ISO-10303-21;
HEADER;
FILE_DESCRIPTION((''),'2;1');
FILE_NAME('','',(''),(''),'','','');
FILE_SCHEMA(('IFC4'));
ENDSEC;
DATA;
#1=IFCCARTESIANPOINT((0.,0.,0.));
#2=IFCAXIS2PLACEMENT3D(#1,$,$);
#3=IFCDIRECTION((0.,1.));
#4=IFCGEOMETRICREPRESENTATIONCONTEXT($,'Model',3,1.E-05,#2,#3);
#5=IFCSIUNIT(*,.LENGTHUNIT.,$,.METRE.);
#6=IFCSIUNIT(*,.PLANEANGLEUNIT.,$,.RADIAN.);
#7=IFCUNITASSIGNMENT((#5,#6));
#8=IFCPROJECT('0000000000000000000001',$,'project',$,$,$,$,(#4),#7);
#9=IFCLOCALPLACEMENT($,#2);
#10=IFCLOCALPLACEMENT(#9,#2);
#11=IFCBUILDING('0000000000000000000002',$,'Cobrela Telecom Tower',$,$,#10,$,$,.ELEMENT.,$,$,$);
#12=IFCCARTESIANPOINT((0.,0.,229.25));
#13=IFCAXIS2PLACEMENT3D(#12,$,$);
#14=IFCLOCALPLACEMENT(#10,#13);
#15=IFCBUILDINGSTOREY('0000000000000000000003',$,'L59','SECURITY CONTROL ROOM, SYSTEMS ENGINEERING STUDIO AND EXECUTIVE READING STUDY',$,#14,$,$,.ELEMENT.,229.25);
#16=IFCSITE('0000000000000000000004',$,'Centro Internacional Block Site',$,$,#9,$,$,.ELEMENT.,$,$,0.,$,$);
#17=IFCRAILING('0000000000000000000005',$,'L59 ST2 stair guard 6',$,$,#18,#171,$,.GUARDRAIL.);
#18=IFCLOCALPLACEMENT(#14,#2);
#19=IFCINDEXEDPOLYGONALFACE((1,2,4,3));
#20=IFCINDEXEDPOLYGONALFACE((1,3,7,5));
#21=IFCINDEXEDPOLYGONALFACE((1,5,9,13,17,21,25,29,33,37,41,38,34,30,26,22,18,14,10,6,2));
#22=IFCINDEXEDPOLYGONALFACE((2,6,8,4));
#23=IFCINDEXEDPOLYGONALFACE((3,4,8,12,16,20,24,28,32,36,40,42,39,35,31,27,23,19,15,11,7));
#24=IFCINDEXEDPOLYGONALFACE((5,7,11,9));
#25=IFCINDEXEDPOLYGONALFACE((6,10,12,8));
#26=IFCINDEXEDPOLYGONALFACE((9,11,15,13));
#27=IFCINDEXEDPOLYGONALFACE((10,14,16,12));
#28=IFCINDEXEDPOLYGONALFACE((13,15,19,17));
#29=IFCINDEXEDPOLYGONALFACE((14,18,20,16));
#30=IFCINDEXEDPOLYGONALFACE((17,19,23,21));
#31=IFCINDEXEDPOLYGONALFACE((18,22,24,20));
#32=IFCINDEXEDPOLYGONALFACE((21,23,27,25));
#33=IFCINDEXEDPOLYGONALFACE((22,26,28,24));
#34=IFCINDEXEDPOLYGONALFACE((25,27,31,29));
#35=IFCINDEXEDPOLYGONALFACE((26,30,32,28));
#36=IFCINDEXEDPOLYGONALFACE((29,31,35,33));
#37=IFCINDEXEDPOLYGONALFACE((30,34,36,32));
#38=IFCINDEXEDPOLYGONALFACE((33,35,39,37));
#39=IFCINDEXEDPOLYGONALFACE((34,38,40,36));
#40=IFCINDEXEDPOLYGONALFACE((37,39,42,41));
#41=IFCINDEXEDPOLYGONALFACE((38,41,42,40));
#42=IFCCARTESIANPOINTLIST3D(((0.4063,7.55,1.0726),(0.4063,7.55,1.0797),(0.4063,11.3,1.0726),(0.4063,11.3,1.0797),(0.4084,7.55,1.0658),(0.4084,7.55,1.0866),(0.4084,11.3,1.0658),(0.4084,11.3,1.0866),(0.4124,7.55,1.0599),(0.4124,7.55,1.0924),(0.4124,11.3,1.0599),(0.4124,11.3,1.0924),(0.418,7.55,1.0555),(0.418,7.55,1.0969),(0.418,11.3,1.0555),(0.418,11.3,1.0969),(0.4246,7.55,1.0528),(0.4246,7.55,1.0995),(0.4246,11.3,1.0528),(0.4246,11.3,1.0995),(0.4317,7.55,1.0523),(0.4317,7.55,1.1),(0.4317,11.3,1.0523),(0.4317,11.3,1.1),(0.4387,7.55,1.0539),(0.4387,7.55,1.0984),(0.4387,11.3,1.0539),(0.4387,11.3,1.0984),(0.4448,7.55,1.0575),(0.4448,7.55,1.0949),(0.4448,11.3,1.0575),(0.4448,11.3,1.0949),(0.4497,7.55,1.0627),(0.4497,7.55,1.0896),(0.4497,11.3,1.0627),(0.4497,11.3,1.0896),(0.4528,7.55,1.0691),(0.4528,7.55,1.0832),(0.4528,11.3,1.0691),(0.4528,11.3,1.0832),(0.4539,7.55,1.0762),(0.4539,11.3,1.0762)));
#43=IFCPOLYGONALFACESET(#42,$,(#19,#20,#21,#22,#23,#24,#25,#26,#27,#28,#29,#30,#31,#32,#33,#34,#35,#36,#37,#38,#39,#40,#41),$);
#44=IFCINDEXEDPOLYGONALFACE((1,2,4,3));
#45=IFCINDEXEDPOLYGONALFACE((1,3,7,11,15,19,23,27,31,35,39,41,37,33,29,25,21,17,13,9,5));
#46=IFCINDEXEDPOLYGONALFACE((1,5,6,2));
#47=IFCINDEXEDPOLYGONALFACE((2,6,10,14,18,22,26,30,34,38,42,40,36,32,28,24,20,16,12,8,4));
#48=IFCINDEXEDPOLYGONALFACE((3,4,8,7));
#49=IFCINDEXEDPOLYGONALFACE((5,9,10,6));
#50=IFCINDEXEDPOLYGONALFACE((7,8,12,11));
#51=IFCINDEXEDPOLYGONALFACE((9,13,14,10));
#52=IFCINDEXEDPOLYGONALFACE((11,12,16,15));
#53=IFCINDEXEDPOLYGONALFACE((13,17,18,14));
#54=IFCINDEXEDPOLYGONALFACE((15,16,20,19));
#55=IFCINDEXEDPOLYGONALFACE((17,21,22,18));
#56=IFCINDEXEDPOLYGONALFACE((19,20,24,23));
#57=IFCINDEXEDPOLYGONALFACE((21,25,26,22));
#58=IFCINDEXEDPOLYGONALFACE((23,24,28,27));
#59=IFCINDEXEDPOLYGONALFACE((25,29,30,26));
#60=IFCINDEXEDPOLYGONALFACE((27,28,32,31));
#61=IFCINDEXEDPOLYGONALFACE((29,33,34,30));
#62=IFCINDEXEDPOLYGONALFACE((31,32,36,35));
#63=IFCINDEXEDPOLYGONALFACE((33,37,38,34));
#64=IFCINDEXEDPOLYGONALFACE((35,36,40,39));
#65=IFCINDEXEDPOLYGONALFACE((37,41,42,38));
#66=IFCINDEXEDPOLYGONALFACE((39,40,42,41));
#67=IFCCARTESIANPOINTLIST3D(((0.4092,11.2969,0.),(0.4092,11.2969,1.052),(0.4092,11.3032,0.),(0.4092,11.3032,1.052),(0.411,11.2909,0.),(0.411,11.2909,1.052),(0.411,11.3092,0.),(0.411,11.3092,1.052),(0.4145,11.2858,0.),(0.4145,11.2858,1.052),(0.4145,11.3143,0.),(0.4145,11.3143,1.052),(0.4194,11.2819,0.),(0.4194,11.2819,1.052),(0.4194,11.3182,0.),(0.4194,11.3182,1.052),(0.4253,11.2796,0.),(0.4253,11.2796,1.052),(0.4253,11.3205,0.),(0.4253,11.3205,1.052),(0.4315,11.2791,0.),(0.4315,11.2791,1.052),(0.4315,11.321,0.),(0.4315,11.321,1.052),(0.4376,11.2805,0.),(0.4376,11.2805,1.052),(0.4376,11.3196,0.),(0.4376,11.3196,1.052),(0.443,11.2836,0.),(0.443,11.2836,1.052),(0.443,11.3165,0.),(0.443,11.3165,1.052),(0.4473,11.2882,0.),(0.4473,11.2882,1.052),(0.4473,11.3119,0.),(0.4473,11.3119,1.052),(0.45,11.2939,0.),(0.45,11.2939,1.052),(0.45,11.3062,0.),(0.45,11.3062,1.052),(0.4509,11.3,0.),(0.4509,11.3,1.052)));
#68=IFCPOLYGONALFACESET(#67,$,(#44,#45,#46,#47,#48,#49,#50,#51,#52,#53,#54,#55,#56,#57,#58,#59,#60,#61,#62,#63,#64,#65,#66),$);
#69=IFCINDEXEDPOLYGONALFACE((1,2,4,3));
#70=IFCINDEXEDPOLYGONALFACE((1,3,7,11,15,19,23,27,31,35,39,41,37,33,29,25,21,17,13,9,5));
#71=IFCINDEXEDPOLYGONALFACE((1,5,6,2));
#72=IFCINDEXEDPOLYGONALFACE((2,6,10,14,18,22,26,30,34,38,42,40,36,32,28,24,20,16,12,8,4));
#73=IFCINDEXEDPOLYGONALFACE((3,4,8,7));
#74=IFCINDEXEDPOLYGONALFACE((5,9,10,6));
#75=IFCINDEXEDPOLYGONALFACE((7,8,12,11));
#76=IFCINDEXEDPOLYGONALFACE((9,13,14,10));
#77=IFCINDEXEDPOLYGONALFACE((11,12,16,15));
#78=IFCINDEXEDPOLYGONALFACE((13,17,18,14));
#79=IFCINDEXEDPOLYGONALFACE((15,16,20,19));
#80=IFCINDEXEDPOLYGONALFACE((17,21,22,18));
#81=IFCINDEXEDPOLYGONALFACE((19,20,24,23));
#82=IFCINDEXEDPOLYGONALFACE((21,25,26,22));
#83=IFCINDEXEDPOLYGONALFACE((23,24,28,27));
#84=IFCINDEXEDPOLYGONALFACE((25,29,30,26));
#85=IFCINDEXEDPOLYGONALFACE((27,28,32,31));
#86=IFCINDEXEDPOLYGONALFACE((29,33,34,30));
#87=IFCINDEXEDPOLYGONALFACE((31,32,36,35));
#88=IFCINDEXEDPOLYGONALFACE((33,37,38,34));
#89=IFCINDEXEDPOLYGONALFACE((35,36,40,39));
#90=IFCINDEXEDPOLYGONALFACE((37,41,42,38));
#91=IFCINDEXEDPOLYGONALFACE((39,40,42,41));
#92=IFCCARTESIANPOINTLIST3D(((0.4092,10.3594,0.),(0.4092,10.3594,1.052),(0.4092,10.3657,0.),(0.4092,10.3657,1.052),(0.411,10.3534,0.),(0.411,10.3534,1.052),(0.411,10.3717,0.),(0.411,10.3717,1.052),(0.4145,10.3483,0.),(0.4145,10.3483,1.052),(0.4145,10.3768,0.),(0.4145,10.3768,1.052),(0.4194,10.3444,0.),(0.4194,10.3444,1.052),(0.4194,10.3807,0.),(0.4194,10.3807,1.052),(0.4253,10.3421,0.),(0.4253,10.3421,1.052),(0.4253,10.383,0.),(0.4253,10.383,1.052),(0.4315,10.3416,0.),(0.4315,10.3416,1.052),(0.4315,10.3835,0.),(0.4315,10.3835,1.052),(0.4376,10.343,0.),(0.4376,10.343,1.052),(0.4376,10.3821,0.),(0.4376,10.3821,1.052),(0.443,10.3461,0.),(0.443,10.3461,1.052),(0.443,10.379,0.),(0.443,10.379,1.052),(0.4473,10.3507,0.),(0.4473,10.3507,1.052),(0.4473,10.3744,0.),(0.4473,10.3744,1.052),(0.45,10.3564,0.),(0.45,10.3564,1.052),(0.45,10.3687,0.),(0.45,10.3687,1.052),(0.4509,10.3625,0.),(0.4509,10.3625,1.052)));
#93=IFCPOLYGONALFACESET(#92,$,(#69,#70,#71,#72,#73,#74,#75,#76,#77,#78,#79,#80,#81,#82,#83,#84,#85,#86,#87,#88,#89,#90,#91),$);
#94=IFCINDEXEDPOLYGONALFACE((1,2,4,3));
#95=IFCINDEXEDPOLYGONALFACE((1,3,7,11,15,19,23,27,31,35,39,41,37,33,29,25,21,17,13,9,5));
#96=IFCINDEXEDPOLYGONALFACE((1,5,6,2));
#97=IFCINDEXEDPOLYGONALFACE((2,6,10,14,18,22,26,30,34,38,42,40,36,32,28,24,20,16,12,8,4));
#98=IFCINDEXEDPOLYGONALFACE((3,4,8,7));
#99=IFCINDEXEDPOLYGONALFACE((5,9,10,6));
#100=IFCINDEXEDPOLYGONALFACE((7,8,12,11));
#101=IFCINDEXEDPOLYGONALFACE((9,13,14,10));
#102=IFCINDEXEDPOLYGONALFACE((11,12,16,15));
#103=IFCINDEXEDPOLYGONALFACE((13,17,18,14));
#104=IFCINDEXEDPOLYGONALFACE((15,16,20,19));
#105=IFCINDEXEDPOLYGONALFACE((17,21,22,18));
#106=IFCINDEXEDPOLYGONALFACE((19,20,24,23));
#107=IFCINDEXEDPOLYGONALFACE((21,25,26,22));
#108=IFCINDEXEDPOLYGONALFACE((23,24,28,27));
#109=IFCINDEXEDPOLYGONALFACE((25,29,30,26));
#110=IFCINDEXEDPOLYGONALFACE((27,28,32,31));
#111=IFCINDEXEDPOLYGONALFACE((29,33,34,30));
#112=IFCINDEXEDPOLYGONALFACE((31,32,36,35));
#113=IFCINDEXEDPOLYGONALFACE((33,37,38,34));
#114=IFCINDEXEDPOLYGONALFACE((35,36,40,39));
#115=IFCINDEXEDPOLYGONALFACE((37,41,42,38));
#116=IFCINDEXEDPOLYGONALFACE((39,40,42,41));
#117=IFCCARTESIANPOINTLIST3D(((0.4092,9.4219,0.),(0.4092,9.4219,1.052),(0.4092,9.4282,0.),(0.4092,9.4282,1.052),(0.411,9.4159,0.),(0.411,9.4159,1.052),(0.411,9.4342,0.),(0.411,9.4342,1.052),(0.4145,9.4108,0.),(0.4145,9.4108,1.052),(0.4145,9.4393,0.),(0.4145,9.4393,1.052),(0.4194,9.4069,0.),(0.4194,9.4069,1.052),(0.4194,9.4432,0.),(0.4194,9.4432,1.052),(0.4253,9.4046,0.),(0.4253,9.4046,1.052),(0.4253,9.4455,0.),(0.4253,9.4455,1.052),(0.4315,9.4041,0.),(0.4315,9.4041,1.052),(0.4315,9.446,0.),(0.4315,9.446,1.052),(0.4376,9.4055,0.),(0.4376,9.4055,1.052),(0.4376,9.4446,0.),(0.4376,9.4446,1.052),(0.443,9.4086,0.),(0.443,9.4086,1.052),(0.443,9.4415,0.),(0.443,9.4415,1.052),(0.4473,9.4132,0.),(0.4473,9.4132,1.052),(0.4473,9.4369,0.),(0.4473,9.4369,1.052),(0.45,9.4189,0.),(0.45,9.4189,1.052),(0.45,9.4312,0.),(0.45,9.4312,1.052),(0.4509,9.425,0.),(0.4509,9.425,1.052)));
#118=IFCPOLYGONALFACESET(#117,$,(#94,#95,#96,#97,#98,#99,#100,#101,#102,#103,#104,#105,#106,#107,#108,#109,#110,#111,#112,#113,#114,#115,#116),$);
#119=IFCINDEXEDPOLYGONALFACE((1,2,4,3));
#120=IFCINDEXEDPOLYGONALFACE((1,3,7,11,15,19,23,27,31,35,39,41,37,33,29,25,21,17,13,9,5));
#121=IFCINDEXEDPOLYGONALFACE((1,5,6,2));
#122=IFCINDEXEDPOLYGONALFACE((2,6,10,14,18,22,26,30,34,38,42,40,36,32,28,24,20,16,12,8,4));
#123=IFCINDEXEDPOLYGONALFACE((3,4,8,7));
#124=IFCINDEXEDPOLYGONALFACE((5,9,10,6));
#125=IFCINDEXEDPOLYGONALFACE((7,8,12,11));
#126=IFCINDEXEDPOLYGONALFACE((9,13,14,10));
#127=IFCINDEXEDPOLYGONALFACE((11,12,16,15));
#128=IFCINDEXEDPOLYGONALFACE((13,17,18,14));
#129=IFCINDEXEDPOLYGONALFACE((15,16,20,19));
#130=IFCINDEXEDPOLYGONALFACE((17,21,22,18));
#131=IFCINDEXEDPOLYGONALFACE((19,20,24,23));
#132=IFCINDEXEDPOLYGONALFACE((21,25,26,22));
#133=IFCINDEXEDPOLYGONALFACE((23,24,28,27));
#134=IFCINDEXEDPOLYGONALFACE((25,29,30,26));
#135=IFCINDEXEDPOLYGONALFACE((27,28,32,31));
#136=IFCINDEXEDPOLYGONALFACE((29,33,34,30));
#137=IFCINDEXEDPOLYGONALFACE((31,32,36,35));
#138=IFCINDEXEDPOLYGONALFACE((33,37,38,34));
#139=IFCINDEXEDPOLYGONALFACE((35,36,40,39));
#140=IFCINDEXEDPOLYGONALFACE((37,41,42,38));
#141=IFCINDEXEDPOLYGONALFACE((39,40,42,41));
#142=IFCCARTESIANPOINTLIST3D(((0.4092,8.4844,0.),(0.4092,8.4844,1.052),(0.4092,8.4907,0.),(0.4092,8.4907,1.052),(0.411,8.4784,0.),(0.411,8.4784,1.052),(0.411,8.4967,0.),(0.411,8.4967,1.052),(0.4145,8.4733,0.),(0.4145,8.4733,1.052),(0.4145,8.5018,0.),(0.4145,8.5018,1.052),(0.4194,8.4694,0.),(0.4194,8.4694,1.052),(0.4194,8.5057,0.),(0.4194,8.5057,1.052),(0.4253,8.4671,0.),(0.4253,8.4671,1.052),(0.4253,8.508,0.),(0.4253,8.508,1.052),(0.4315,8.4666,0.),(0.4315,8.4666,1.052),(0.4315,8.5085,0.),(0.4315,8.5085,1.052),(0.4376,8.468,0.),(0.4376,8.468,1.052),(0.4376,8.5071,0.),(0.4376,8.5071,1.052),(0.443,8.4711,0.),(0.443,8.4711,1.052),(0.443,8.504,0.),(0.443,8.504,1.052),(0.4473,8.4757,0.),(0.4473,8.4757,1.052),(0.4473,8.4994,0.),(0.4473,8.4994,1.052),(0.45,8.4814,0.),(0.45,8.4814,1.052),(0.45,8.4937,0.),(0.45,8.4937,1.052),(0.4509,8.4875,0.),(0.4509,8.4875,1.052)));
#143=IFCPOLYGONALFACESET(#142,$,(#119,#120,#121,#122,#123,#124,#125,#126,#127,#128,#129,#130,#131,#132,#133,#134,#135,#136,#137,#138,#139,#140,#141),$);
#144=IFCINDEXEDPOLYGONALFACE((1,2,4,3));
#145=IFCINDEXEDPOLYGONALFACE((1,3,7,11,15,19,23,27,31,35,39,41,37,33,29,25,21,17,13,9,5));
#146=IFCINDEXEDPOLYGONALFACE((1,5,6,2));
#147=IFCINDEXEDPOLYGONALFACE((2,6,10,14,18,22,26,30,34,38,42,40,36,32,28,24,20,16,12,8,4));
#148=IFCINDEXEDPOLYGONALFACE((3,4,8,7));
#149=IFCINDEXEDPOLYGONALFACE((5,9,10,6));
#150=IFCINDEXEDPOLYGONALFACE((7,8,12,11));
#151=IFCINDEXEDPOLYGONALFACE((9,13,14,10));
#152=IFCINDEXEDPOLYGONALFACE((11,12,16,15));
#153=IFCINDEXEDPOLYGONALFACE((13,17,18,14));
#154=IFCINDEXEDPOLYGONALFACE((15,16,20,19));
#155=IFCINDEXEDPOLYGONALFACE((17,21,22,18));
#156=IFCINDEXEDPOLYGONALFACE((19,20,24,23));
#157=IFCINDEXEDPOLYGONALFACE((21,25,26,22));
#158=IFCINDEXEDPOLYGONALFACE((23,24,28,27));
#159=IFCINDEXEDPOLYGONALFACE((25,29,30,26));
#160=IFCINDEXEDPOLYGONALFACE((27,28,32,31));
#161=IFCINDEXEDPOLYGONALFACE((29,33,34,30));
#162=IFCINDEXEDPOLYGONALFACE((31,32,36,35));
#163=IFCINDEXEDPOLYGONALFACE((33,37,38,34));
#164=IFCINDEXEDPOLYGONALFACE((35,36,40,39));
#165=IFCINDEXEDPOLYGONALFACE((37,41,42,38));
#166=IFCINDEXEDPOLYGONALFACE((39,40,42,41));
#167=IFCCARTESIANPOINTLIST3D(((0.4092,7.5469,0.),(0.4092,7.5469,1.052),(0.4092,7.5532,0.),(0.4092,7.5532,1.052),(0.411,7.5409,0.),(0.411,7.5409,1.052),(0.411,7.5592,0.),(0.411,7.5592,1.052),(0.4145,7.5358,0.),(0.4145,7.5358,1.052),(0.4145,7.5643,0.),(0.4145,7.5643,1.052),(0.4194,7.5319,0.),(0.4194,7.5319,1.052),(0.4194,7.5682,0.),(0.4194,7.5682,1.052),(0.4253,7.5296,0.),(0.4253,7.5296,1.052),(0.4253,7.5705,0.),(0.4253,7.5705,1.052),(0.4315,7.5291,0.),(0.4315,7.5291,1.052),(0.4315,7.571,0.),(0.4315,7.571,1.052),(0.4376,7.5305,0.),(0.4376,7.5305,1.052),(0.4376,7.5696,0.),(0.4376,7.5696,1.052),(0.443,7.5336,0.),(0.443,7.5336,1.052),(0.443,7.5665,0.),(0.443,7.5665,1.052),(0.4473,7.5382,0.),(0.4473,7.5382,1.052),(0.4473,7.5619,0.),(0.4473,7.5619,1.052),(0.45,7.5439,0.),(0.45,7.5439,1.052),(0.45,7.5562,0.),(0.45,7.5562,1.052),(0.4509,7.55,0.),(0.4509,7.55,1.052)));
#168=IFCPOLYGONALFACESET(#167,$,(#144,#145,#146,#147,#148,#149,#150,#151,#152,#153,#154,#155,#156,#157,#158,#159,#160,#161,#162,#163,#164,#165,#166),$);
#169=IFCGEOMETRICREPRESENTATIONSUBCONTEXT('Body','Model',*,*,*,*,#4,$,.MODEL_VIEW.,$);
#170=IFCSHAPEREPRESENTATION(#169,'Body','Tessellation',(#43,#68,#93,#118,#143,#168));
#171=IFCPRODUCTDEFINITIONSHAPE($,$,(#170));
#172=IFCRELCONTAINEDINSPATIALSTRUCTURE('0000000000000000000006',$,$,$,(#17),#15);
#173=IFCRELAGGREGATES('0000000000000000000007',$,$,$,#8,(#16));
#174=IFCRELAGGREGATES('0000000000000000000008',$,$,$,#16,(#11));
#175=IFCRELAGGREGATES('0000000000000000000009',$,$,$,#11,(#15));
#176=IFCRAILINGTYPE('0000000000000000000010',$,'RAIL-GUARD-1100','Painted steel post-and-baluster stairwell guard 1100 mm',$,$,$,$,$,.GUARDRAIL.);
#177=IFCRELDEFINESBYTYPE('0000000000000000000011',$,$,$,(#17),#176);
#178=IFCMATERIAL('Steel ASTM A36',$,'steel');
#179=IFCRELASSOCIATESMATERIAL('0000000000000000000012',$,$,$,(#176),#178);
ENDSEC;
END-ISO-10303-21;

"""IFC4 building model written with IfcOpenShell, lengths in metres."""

from ifc_helpers import new_model, si_unit, direction, frame, origin, origin_2d, place, context, subcontext, project, spatial, circle, extrude, material, type_object, element, save


model = new_model("IFC4")

# Units and contexts
model_context = context("Model", 3, precision=1e-05, world=origin(), true_north=direction((0.0, 1.0)))
body_context = subcontext(model_context, "Body", "Model", "MODEL_VIEW")
ifc_project = project(units=[si_unit("LENGTHUNIT", "METRE"), si_unit("PLANEANGLEUNIT", "RADIAN")], contexts=[model_context])

# Site, building, storey
site_placement = place(None, origin())
site = spatial("IfcSite", under=ifc_project, at=site_placement, Name="Centro Internacional Block Site", CompositionType="ELEMENT", RefElevation=0.0)
building_placement = place(site_placement, origin())
building = spatial("IfcBuilding", under=site, at=building_placement, Name="Cobrela Telecom Tower", CompositionType="ELEMENT")
storey_placement = place(building_placement, frame((0.0, 0.0, 229.25)))
storey = spatial("IfcBuildingStorey", under=building, at=storey_placement, Name="L59", Description="SECURITY CONTROL ROOM, SYSTEMS ENGINEERING STUDIO AND EXECUTIVE READING STUDY", CompositionType="ELEMENT", Elevation=229.25)

# Shared definitions
ifc_material_1 = material(Name="Steel ASTM A36", Category="steel")

# Railing
railing_type = type_object("IfcRailingType", Name="RAIL-GUARD-1100", Description="Painted steel post-and-baluster stairwell guard 1100 mm", PredefinedType="GUARDRAIL", material=ifc_material_1)
railing_1_placement = place(storey_placement, frame((0.4299, 11.3, 0.0)))
element("IfcRailing", 1, at=railing_1_placement, inside=storey, type_object=railing_type, Name="L59 ST2 stair guard 6", PredefinedType="GUARDRAIL", context=body_context, shape_type="SweptSolid", body=[
    extrude(circle(Radius=0.0239, at=origin_2d()), frame((0.0, 0.0, 1.0762), z_axis=(0.0, -1.0, 0.0), x_axis=(1.0, 0.0, 0.0)), (0.0, 0.0, 1.0), 3.75),
    extrude(circle(Radius=0.021, at=origin_2d()), origin(), (0.0, 0.0, 1.0), 1.052),
    extrude(circle(Radius=0.021, at=origin_2d()), frame((0.0, -0.9375, 0.0)), (0.0, 0.0, 1.0), 1.052),
    extrude(circle(Radius=0.021, at=origin_2d()), frame((0.0, -1.875, 0.0)), (0.0, 0.0, 1.0), 1.052),
    extrude(circle(Radius=0.021, at=origin_2d()), frame((0.0, -2.8125, 0.0)), (0.0, 0.0, 1.0), 1.052),
    extrude(circle(Radius=0.021, at=origin_2d()), frame((0.0, -3.75, 0.0)), (0.0, 0.0, 1.0), 1.052),
])

save(model, "model.ifc")
